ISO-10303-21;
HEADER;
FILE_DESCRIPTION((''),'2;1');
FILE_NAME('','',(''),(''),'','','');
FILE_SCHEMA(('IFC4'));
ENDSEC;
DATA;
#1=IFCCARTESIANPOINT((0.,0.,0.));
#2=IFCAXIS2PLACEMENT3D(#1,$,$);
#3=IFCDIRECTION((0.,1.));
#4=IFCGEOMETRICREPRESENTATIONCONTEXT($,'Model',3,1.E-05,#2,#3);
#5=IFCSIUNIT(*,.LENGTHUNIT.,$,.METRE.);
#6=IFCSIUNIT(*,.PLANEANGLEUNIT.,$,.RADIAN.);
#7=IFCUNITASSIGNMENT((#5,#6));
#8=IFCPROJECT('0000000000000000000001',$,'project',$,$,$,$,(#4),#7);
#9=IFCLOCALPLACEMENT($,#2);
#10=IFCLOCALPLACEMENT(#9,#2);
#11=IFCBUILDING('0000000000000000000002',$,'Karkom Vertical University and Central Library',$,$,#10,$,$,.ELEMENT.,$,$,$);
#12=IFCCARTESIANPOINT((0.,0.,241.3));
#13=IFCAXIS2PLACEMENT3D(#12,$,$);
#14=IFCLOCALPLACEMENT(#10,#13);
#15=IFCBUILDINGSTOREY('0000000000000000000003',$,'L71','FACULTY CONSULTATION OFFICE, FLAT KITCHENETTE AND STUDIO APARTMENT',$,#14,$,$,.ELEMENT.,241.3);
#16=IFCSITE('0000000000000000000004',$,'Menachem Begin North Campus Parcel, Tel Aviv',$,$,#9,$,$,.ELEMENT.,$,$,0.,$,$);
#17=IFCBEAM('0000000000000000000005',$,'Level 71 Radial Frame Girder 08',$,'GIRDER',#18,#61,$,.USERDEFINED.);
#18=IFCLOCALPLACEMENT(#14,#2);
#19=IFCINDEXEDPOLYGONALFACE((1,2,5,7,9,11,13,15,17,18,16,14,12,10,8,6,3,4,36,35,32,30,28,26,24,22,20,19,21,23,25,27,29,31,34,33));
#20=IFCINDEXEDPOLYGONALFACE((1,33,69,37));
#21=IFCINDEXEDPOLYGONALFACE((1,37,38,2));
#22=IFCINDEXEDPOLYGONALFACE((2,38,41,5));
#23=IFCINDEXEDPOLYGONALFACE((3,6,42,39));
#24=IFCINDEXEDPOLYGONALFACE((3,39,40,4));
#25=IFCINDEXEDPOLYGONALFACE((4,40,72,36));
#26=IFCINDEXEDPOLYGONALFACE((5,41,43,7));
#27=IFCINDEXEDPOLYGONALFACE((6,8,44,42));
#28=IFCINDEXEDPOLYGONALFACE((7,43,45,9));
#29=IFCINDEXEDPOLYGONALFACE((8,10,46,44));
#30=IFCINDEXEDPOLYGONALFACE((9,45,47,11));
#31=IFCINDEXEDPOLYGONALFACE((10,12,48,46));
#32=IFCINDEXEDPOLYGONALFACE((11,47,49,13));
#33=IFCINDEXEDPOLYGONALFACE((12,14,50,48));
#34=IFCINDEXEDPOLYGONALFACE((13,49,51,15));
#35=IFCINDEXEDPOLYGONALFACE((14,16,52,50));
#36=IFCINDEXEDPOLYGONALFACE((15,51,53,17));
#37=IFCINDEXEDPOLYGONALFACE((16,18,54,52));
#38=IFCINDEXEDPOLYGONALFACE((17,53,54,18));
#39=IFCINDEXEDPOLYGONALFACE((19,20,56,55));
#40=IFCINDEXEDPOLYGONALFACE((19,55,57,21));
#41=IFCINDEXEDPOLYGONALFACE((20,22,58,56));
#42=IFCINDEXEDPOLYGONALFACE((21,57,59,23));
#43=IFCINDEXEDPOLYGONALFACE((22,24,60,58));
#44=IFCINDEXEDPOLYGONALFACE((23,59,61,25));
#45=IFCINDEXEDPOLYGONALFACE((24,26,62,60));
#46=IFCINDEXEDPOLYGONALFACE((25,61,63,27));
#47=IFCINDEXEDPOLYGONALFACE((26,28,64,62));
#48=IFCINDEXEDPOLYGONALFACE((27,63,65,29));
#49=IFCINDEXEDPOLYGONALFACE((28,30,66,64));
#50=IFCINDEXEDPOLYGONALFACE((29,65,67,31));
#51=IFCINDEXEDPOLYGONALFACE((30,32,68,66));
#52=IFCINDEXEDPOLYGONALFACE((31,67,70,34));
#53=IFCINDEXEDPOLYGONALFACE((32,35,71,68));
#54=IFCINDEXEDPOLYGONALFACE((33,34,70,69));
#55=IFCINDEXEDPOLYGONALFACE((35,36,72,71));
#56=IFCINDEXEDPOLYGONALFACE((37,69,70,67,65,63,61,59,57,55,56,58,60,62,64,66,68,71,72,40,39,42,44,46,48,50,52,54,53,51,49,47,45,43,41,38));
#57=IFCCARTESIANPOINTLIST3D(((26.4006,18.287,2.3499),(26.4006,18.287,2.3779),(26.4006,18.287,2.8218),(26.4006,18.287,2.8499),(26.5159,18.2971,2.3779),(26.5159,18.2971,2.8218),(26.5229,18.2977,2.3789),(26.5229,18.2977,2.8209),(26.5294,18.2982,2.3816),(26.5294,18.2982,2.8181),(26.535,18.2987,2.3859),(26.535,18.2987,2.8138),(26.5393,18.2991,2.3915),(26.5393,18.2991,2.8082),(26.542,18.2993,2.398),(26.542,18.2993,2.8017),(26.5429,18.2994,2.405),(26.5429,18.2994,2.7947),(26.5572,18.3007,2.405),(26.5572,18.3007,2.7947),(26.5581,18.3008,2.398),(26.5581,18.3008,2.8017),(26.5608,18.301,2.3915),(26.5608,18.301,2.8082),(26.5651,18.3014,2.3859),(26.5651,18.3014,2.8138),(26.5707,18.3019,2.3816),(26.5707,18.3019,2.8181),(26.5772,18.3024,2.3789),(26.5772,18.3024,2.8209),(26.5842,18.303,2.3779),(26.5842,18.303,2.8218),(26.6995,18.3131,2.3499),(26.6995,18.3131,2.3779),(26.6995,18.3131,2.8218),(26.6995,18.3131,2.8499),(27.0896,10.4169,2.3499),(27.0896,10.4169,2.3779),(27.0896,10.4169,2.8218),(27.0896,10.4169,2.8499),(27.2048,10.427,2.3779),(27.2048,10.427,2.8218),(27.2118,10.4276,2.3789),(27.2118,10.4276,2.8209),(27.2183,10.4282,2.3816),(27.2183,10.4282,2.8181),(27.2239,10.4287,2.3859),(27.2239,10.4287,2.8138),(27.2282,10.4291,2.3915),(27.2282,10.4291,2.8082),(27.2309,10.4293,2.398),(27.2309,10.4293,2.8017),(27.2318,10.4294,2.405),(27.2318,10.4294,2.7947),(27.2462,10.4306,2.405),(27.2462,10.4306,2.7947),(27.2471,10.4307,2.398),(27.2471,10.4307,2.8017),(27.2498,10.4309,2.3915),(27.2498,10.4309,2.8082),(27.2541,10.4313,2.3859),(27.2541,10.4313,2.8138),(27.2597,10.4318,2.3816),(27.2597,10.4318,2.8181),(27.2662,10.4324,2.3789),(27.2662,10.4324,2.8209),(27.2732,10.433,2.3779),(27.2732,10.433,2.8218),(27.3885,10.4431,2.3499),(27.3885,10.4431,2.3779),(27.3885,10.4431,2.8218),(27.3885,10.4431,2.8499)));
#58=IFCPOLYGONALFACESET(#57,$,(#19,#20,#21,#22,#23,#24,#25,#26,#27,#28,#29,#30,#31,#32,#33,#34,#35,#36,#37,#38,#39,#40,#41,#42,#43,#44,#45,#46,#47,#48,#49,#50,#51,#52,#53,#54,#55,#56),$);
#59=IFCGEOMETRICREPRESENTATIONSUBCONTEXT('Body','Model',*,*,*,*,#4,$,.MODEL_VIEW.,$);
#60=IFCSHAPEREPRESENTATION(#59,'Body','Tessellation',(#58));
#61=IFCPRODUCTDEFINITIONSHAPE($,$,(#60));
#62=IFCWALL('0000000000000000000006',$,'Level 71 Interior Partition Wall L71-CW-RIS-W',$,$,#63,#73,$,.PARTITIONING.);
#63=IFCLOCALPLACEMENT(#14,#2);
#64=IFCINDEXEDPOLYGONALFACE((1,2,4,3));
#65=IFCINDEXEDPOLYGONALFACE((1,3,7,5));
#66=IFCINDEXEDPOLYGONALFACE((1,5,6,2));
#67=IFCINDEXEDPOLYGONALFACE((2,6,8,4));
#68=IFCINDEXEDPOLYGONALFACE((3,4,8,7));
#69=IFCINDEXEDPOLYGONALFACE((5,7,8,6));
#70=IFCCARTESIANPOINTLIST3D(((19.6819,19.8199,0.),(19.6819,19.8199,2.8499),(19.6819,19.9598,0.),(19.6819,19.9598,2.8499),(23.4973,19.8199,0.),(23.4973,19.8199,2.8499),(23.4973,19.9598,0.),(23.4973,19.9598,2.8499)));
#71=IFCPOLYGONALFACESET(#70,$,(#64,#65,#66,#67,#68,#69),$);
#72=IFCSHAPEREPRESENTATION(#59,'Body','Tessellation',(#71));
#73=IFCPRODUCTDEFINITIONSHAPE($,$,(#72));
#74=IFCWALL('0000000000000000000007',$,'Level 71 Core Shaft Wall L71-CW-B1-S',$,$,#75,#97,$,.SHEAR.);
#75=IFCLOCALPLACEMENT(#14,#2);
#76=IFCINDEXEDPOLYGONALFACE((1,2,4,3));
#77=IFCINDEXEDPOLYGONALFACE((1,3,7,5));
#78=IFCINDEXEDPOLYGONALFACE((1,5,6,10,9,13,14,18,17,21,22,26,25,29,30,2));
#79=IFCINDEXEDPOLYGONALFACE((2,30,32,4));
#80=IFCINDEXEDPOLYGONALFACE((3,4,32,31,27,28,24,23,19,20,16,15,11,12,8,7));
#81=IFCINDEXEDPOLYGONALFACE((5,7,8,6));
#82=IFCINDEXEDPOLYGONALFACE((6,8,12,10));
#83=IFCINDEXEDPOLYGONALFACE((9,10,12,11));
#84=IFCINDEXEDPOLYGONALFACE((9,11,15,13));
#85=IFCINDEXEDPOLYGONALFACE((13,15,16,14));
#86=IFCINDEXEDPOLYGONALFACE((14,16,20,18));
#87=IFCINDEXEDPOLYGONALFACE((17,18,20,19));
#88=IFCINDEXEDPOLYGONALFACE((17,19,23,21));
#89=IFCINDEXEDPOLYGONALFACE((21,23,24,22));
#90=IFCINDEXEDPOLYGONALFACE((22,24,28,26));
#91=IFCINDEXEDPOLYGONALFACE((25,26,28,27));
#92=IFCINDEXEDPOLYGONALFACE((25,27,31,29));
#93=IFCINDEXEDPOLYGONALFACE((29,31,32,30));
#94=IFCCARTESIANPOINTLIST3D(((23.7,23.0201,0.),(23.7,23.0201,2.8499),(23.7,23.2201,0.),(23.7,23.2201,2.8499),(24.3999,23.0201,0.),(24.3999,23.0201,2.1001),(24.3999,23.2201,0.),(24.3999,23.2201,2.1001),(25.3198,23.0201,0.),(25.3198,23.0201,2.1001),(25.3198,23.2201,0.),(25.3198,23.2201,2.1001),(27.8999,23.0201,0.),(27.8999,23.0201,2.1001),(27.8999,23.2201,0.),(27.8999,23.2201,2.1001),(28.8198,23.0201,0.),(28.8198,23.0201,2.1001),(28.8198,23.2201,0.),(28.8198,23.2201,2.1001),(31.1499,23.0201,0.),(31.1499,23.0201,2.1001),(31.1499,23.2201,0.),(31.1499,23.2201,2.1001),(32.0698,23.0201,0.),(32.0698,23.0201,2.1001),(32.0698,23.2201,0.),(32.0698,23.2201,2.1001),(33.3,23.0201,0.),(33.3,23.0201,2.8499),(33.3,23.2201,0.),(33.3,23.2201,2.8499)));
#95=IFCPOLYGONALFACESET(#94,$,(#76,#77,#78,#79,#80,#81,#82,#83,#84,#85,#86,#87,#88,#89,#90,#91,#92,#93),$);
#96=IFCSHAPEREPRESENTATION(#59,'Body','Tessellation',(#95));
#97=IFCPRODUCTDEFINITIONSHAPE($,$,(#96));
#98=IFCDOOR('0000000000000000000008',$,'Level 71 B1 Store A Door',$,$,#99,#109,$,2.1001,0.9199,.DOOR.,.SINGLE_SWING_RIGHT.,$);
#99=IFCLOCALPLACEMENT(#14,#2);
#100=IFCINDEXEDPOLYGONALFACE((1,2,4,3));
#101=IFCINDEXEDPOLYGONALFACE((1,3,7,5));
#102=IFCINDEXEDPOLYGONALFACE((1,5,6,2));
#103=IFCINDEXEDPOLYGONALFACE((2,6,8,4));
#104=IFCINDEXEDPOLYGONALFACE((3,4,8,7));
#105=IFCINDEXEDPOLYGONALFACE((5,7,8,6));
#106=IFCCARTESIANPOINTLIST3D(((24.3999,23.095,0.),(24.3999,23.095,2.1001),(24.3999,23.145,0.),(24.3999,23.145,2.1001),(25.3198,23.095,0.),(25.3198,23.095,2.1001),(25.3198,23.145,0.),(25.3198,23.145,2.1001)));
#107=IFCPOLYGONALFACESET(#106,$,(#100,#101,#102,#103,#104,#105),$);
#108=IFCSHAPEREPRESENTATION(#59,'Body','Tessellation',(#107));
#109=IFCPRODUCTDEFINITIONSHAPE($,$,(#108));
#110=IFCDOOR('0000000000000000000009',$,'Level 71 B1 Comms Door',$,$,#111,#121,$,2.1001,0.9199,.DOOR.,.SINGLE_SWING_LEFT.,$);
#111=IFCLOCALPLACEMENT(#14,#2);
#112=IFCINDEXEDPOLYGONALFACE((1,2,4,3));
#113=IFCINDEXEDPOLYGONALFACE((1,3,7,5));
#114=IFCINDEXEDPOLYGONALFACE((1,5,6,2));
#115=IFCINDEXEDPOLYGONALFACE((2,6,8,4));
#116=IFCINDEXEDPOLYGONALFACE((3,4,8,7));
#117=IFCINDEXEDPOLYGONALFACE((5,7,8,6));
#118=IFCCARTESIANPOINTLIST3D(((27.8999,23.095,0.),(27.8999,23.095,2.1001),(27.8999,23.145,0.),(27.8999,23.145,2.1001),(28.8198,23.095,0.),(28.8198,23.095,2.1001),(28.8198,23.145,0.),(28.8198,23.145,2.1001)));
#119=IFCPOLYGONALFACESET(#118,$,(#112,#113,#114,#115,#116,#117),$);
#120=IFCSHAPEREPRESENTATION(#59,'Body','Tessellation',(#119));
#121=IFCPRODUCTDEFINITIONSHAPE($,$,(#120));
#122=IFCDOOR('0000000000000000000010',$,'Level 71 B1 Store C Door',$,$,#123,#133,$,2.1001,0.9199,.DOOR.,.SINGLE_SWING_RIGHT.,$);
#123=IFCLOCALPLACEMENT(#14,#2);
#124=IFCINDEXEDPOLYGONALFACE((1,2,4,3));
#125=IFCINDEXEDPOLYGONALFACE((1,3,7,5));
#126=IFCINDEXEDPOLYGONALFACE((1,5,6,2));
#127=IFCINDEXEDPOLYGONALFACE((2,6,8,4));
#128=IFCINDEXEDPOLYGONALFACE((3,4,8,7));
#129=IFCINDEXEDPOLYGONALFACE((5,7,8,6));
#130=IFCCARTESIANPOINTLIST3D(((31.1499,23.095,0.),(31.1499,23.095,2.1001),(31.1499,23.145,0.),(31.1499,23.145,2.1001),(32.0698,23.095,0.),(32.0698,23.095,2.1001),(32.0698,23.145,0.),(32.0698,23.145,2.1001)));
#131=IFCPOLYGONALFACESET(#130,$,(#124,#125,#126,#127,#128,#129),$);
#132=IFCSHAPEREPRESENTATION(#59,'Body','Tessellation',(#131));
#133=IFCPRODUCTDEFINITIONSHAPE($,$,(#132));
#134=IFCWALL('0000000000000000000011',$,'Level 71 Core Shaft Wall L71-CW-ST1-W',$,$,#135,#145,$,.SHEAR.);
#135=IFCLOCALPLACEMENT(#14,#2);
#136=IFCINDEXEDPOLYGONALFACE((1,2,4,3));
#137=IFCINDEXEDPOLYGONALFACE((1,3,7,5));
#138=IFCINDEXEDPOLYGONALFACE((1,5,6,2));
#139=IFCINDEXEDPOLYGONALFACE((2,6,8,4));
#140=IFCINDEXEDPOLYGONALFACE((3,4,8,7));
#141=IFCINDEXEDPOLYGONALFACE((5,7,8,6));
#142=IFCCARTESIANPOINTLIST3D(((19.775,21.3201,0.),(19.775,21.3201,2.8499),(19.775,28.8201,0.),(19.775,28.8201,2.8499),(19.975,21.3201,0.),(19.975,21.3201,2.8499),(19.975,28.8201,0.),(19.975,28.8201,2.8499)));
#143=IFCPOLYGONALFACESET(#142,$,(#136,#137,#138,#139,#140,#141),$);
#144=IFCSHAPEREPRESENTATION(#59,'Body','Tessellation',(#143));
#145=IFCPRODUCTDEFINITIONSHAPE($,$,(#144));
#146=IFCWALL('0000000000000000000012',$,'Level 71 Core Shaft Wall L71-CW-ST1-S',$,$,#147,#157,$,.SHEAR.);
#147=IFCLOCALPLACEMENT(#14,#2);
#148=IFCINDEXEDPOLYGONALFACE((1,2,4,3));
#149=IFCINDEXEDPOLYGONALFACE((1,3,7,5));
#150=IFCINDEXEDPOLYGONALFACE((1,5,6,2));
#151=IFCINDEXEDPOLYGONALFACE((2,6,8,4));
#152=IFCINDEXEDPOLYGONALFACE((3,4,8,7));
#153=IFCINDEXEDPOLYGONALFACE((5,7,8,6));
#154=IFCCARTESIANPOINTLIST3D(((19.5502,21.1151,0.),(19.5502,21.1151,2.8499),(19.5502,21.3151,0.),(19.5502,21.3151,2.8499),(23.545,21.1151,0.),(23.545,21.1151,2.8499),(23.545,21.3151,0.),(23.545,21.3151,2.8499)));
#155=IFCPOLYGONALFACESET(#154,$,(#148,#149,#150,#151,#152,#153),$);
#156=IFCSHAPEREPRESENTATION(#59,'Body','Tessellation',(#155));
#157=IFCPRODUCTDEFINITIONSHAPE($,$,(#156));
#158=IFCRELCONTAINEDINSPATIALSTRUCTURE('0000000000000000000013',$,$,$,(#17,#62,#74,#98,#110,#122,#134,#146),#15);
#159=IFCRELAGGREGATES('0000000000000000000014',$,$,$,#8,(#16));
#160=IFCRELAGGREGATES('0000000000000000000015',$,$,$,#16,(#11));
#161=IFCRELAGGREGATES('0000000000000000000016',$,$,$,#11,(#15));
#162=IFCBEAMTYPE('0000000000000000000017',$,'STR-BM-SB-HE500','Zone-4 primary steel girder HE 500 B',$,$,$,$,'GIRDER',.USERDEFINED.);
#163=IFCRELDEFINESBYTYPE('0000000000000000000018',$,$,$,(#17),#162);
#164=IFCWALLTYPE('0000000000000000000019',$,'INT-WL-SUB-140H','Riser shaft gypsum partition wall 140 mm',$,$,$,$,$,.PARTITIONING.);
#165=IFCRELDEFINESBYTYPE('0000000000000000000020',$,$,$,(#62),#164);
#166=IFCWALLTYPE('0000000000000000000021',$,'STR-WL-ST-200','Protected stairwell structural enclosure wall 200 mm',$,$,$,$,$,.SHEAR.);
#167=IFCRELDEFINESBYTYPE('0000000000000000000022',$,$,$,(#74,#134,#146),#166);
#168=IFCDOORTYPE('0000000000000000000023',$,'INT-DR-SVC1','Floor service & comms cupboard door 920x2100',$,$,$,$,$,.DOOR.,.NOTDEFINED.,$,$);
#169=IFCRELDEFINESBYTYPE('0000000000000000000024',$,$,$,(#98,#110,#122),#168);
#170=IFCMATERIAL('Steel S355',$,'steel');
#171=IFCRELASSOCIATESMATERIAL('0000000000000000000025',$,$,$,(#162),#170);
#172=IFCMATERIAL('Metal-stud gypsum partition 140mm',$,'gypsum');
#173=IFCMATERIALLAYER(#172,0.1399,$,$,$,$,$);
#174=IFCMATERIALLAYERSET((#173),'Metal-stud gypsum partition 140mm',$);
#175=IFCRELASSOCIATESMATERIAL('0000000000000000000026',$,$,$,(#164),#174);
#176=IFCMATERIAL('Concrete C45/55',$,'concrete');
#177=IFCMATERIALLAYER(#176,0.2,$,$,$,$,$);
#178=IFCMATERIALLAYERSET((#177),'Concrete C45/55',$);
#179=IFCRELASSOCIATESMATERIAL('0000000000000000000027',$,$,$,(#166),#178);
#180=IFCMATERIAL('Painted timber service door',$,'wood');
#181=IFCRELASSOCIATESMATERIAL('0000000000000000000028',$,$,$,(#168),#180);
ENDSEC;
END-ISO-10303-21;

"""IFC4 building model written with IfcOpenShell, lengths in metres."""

from ifc_helpers import new_model, si_unit, direction, frame, frame_2d, origin, origin_with_axes, origin_2d, place, context, subcontext, project, spatial, rectangle, i_section, extrude, source, transform, mapped, material, layer, layer_set, material_profile, profile_set, type_object, element, fill, save


model = new_model("IFC4")

# Units and contexts
model_context = context("Model", 3, precision=1e-05, world=origin(), true_north=direction((0.0, 1.0)))
body_context = subcontext(model_context, "Body", "Model", "MODEL_VIEW")
ifc_project = project(units=[si_unit("LENGTHUNIT", "METRE"), si_unit("PLANEANGLEUNIT", "RADIAN")], contexts=[model_context])

# Site, building, storey
site_placement = place(None, origin())
site = spatial("IfcSite", under=ifc_project, at=site_placement, Name="Menachem Begin North Campus Parcel, Tel Aviv", CompositionType="ELEMENT", RefElevation=0.0)
building_placement = place(site_placement, origin())
building = spatial("IfcBuilding", under=site, at=building_placement, Name="Karkom Vertical University and Central Library", CompositionType="ELEMENT")
storey_placement = place(building_placement, frame((0.0, 0.0, 241.3)))
storey = spatial("IfcBuildingStorey", under=building, at=storey_placement, Name="L71", Description="FACULTY CONSULTATION OFFICE, FLAT KITCHENETTE AND STUDIO APARTMENT", CompositionType="ELEMENT", Elevation=241.3)

# Beam
ifc_material_1 = material(Name="Steel S355", Category="steel")
ifc_material_profile = material_profile(ifc_material_1, i_section(OverallWidth=0.3, OverallDepth=0.5, WebThickness=0.0144, FlangeThickness=0.0281, FilletRadius=0.0271, at=origin_2d()), Name="HE 500 B")
ifc_profile_set = profile_set([ifc_material_profile], Name="Steel S355")
beam_type = type_object("IfcBeamType", Name="STR-BM-SB-HE500", Description="Zone-4 primary steel girder HE 500 B", ElementType="GIRDER", PredefinedType="USERDEFINED", material=ifc_profile_set)
shared_shape_1 = source(origin_with_axes(), body_context, "Body", "SweptSolid", [
    extrude(i_section(OverallWidth=0.3, OverallDepth=0.5, WebThickness=0.0144, FlangeThickness=0.0281, FilletRadius=0.0271, at=origin_2d()), origin(), (0.0, 0.0, 1.0), 7.9001),
])
beam_placement = place(storey_placement, frame((26.55, 18.3, 2.5999), z_axis=(0.087208, -0.99619, 0.0), x_axis=(0.99619, 0.087208, 0.0)))
element("IfcBeam", 1, at=beam_placement, inside=storey, type_object=beam_type, Name="Level 71 Radial Frame Girder 08", ObjectType="GIRDER", PredefinedType="USERDEFINED", context=body_context, shape_type="MappedRepresentation", body=[
    mapped(shared_shape_1, transform((0.0, 0.0, 0.0), scale=1.0)),
])

# Wall
ifc_material_2 = material(Name="Metal-stud gypsum partition 140mm", Category="gypsum")
ifc_layer_1 = layer(ifc_material_2, 0.1399)
ifc_layer_set_1 = layer_set([ifc_layer_1], Name="Metal-stud gypsum partition 140mm")
wall_type_1 = type_object("IfcWallType", Name="INT-WL-SUB-140H", Description="Riser shaft gypsum partition wall 140 mm", PredefinedType="PARTITIONING", material=ifc_layer_set_1)
wall_1_placement = place(storey_placement, frame((19.6819, 19.8899, 0.0), z_axis=(0.0, 0.0, 1.0), x_axis=(1.0, 0.0, 0.0)))
element("IfcWall", 2, at=wall_1_placement, inside=storey, type_object=wall_type_1, Name="Level 71 Interior Partition Wall L71-CW-RIS-W", PredefinedType="PARTITIONING", context=body_context, shape_type="SweptSolid", body=[
    extrude(rectangle(XDim=3.8154, YDim=0.1399, at=frame_2d((1.9077, 0.0))), origin(), (0.0, 0.0, 1.0), 2.8499),
])

# Wall, openings, doors
ifc_material_3 = material(Name="Concrete C45/55", Category="concrete")
ifc_layer_2 = layer(ifc_material_3, 0.2)
ifc_layer_set_2 = layer_set([ifc_layer_2], Name="Concrete C45/55")
wall_type_2 = type_object("IfcWallType", Name="STR-WL-ST-200", Description="Protected stairwell structural enclosure wall 200 mm", PredefinedType="SHEAR", material=ifc_layer_set_2)
wall_2_placement = place(storey_placement, frame((23.7, 23.1201, 0.0), z_axis=(0.0, 0.0, 1.0), x_axis=(1.0, 0.0, 0.0)))
wall_2 = element("IfcWall", 3, at=wall_2_placement, inside=storey, type_object=wall_type_2, Name="Level 71 Core Shaft Wall L71-CW-B1-S", PredefinedType="SHEAR", context=body_context, shape_type="SweptSolid", body=[
    extrude(rectangle(XDim=9.6001, YDim=0.2, at=frame_2d((4.8, 0.0))), origin(), (0.0, 0.0, 1.0), 2.8499),
])
opening_1_placement = place(wall_2_placement, frame((0.7, 0.0, 0.0)))
opening_1 = element("IfcOpeningElement", 4, at=opening_1_placement, cuts=wall_2, PredefinedType="OPENING", context=body_context, shape_type="SweptSolid", body=[
    extrude(rectangle(XDim=0.9199, YDim=2.1001, at=frame_2d((0.46, 1.05))), frame((0.0, 0.1099, 0.0), z_axis=(0.0, -1.0, 0.0), x_axis=(1.0, 0.0, 0.0)), (0.0, 0.0, 1.0), 0.22),
])
opening_2_placement = place(wall_2_placement, frame((4.2, 0.0, 0.0)))
opening_2 = element("IfcOpeningElement", 5, at=opening_2_placement, cuts=wall_2, PredefinedType="OPENING", context=body_context, shape_type="SweptSolid", body=[
    extrude(rectangle(XDim=0.9199, YDim=2.1001, at=frame_2d((0.46, 1.05))), frame((0.0, 0.1099, 0.0), z_axis=(0.0, -1.0, 0.0), x_axis=(1.0, 0.0, 0.0)), (0.0, 0.0, 1.0), 0.22),
])
opening_3_placement = place(wall_2_placement, frame((7.45, 0.0, 0.0)))
opening_3 = element("IfcOpeningElement", 6, at=opening_3_placement, cuts=wall_2, PredefinedType="OPENING", context=body_context, shape_type="SweptSolid", body=[
    extrude(rectangle(XDim=0.9199, YDim=2.1001, at=frame_2d((0.46, 1.05))), frame((0.0, 0.1099, 0.0), z_axis=(0.0, -1.0, 0.0), x_axis=(1.0, 0.0, 0.0)), (0.0, 0.0, 1.0), 0.22),
])
ifc_material_4 = material(Name="Painted timber service door", Category="wood")
door_type_1 = type_object("IfcDoorType", Name="INT-DR-SVC1", Description="Floor service & comms cupboard door 920x2100", OperationType="NOTDEFINED", PredefinedType="DOOR", material=ifc_material_4)
shared_shape_2 = source(origin_with_axes(), body_context, "Body", "SweptSolid", [
    extrude(rectangle(XDim=0.9199, YDim=2.1001, at=frame_2d((0.46, 1.05))), frame((0.0, 0.0249, 0.0), z_axis=(0.0, -1.0, 0.0), x_axis=(1.0, 0.0, 0.0)), (0.0, 0.0, 1.0), 0.05),
])
door_1_placement = place(opening_1_placement, origin())
door_1 = element("IfcDoor", 7, at=door_1_placement, inside=storey, type_object=door_type_1, Name="Level 71 B1 Store A Door", OperationType="SINGLE_SWING_RIGHT", OverallHeight=2.1001, OverallWidth=0.9199, PredefinedType="DOOR", context=body_context, shape_type="MappedRepresentation", body=[
    mapped(shared_shape_2, transform((0.0, 0.0, 0.0), scale=1.0)),
])
fill(opening_1, door_1)
door_2_placement = place(opening_2_placement, origin())
door_2 = element("IfcDoor", 8, at=door_2_placement, inside=storey, type_object=door_type_1, Name="Level 71 B1 Comms Door", OperationType="SINGLE_SWING_LEFT", OverallHeight=2.1001, OverallWidth=0.9199, PredefinedType="DOOR", context=body_context, shape_type="MappedRepresentation", body=[
    mapped(shared_shape_2, transform((0.0, 0.0, 0.0), scale=1.0)),
])
fill(opening_2, door_2)
door_3_placement = place(opening_3_placement, origin())
door_3 = element("IfcDoor", 9, at=door_3_placement, inside=storey, type_object=door_type_1, Name="Level 71 B1 Store C Door", OperationType="SINGLE_SWING_RIGHT", OverallHeight=2.1001, OverallWidth=0.9199, PredefinedType="DOOR", context=body_context, shape_type="MappedRepresentation", body=[
    mapped(shared_shape_2, transform((0.0, 0.0, 0.0), scale=1.0)),
])
fill(opening_3, door_3)

# Walls
wall_3_placement = place(storey_placement, frame((19.875, 21.3201, 0.0), z_axis=(0.0, 0.0, 1.0), x_axis=(0.0, 1.0, 0.0)))
element("IfcWall", 10, at=wall_3_placement, inside=storey, type_object=wall_type_2, Name="Level 71 Core Shaft Wall L71-CW-ST1-W", PredefinedType="SHEAR", context=body_context, shape_type="SweptSolid", body=[
    extrude(rectangle(XDim=7.5, YDim=0.2, at=frame_2d((3.75, 0.0))), origin(), (0.0, 0.0, 1.0), 2.8499),
])
wall_4_placement = place(storey_placement, frame((19.55, 21.2151, 0.0), z_axis=(0.0, 0.0, 1.0), x_axis=(1.0, 0.0, 0.0)))
element("IfcWall", 11, at=wall_4_placement, inside=storey, type_object=wall_type_2, Name="Level 71 Core Shaft Wall L71-CW-ST1-S", PredefinedType="SHEAR", context=body_context, shape_type="SweptSolid", body=[
    extrude(rectangle(XDim=3.9949, YDim=0.2, at=frame_2d((1.9976, 0.0))), origin(), (0.0, 0.0, 1.0), 2.8499),
])

save(model, "model.ifc")
